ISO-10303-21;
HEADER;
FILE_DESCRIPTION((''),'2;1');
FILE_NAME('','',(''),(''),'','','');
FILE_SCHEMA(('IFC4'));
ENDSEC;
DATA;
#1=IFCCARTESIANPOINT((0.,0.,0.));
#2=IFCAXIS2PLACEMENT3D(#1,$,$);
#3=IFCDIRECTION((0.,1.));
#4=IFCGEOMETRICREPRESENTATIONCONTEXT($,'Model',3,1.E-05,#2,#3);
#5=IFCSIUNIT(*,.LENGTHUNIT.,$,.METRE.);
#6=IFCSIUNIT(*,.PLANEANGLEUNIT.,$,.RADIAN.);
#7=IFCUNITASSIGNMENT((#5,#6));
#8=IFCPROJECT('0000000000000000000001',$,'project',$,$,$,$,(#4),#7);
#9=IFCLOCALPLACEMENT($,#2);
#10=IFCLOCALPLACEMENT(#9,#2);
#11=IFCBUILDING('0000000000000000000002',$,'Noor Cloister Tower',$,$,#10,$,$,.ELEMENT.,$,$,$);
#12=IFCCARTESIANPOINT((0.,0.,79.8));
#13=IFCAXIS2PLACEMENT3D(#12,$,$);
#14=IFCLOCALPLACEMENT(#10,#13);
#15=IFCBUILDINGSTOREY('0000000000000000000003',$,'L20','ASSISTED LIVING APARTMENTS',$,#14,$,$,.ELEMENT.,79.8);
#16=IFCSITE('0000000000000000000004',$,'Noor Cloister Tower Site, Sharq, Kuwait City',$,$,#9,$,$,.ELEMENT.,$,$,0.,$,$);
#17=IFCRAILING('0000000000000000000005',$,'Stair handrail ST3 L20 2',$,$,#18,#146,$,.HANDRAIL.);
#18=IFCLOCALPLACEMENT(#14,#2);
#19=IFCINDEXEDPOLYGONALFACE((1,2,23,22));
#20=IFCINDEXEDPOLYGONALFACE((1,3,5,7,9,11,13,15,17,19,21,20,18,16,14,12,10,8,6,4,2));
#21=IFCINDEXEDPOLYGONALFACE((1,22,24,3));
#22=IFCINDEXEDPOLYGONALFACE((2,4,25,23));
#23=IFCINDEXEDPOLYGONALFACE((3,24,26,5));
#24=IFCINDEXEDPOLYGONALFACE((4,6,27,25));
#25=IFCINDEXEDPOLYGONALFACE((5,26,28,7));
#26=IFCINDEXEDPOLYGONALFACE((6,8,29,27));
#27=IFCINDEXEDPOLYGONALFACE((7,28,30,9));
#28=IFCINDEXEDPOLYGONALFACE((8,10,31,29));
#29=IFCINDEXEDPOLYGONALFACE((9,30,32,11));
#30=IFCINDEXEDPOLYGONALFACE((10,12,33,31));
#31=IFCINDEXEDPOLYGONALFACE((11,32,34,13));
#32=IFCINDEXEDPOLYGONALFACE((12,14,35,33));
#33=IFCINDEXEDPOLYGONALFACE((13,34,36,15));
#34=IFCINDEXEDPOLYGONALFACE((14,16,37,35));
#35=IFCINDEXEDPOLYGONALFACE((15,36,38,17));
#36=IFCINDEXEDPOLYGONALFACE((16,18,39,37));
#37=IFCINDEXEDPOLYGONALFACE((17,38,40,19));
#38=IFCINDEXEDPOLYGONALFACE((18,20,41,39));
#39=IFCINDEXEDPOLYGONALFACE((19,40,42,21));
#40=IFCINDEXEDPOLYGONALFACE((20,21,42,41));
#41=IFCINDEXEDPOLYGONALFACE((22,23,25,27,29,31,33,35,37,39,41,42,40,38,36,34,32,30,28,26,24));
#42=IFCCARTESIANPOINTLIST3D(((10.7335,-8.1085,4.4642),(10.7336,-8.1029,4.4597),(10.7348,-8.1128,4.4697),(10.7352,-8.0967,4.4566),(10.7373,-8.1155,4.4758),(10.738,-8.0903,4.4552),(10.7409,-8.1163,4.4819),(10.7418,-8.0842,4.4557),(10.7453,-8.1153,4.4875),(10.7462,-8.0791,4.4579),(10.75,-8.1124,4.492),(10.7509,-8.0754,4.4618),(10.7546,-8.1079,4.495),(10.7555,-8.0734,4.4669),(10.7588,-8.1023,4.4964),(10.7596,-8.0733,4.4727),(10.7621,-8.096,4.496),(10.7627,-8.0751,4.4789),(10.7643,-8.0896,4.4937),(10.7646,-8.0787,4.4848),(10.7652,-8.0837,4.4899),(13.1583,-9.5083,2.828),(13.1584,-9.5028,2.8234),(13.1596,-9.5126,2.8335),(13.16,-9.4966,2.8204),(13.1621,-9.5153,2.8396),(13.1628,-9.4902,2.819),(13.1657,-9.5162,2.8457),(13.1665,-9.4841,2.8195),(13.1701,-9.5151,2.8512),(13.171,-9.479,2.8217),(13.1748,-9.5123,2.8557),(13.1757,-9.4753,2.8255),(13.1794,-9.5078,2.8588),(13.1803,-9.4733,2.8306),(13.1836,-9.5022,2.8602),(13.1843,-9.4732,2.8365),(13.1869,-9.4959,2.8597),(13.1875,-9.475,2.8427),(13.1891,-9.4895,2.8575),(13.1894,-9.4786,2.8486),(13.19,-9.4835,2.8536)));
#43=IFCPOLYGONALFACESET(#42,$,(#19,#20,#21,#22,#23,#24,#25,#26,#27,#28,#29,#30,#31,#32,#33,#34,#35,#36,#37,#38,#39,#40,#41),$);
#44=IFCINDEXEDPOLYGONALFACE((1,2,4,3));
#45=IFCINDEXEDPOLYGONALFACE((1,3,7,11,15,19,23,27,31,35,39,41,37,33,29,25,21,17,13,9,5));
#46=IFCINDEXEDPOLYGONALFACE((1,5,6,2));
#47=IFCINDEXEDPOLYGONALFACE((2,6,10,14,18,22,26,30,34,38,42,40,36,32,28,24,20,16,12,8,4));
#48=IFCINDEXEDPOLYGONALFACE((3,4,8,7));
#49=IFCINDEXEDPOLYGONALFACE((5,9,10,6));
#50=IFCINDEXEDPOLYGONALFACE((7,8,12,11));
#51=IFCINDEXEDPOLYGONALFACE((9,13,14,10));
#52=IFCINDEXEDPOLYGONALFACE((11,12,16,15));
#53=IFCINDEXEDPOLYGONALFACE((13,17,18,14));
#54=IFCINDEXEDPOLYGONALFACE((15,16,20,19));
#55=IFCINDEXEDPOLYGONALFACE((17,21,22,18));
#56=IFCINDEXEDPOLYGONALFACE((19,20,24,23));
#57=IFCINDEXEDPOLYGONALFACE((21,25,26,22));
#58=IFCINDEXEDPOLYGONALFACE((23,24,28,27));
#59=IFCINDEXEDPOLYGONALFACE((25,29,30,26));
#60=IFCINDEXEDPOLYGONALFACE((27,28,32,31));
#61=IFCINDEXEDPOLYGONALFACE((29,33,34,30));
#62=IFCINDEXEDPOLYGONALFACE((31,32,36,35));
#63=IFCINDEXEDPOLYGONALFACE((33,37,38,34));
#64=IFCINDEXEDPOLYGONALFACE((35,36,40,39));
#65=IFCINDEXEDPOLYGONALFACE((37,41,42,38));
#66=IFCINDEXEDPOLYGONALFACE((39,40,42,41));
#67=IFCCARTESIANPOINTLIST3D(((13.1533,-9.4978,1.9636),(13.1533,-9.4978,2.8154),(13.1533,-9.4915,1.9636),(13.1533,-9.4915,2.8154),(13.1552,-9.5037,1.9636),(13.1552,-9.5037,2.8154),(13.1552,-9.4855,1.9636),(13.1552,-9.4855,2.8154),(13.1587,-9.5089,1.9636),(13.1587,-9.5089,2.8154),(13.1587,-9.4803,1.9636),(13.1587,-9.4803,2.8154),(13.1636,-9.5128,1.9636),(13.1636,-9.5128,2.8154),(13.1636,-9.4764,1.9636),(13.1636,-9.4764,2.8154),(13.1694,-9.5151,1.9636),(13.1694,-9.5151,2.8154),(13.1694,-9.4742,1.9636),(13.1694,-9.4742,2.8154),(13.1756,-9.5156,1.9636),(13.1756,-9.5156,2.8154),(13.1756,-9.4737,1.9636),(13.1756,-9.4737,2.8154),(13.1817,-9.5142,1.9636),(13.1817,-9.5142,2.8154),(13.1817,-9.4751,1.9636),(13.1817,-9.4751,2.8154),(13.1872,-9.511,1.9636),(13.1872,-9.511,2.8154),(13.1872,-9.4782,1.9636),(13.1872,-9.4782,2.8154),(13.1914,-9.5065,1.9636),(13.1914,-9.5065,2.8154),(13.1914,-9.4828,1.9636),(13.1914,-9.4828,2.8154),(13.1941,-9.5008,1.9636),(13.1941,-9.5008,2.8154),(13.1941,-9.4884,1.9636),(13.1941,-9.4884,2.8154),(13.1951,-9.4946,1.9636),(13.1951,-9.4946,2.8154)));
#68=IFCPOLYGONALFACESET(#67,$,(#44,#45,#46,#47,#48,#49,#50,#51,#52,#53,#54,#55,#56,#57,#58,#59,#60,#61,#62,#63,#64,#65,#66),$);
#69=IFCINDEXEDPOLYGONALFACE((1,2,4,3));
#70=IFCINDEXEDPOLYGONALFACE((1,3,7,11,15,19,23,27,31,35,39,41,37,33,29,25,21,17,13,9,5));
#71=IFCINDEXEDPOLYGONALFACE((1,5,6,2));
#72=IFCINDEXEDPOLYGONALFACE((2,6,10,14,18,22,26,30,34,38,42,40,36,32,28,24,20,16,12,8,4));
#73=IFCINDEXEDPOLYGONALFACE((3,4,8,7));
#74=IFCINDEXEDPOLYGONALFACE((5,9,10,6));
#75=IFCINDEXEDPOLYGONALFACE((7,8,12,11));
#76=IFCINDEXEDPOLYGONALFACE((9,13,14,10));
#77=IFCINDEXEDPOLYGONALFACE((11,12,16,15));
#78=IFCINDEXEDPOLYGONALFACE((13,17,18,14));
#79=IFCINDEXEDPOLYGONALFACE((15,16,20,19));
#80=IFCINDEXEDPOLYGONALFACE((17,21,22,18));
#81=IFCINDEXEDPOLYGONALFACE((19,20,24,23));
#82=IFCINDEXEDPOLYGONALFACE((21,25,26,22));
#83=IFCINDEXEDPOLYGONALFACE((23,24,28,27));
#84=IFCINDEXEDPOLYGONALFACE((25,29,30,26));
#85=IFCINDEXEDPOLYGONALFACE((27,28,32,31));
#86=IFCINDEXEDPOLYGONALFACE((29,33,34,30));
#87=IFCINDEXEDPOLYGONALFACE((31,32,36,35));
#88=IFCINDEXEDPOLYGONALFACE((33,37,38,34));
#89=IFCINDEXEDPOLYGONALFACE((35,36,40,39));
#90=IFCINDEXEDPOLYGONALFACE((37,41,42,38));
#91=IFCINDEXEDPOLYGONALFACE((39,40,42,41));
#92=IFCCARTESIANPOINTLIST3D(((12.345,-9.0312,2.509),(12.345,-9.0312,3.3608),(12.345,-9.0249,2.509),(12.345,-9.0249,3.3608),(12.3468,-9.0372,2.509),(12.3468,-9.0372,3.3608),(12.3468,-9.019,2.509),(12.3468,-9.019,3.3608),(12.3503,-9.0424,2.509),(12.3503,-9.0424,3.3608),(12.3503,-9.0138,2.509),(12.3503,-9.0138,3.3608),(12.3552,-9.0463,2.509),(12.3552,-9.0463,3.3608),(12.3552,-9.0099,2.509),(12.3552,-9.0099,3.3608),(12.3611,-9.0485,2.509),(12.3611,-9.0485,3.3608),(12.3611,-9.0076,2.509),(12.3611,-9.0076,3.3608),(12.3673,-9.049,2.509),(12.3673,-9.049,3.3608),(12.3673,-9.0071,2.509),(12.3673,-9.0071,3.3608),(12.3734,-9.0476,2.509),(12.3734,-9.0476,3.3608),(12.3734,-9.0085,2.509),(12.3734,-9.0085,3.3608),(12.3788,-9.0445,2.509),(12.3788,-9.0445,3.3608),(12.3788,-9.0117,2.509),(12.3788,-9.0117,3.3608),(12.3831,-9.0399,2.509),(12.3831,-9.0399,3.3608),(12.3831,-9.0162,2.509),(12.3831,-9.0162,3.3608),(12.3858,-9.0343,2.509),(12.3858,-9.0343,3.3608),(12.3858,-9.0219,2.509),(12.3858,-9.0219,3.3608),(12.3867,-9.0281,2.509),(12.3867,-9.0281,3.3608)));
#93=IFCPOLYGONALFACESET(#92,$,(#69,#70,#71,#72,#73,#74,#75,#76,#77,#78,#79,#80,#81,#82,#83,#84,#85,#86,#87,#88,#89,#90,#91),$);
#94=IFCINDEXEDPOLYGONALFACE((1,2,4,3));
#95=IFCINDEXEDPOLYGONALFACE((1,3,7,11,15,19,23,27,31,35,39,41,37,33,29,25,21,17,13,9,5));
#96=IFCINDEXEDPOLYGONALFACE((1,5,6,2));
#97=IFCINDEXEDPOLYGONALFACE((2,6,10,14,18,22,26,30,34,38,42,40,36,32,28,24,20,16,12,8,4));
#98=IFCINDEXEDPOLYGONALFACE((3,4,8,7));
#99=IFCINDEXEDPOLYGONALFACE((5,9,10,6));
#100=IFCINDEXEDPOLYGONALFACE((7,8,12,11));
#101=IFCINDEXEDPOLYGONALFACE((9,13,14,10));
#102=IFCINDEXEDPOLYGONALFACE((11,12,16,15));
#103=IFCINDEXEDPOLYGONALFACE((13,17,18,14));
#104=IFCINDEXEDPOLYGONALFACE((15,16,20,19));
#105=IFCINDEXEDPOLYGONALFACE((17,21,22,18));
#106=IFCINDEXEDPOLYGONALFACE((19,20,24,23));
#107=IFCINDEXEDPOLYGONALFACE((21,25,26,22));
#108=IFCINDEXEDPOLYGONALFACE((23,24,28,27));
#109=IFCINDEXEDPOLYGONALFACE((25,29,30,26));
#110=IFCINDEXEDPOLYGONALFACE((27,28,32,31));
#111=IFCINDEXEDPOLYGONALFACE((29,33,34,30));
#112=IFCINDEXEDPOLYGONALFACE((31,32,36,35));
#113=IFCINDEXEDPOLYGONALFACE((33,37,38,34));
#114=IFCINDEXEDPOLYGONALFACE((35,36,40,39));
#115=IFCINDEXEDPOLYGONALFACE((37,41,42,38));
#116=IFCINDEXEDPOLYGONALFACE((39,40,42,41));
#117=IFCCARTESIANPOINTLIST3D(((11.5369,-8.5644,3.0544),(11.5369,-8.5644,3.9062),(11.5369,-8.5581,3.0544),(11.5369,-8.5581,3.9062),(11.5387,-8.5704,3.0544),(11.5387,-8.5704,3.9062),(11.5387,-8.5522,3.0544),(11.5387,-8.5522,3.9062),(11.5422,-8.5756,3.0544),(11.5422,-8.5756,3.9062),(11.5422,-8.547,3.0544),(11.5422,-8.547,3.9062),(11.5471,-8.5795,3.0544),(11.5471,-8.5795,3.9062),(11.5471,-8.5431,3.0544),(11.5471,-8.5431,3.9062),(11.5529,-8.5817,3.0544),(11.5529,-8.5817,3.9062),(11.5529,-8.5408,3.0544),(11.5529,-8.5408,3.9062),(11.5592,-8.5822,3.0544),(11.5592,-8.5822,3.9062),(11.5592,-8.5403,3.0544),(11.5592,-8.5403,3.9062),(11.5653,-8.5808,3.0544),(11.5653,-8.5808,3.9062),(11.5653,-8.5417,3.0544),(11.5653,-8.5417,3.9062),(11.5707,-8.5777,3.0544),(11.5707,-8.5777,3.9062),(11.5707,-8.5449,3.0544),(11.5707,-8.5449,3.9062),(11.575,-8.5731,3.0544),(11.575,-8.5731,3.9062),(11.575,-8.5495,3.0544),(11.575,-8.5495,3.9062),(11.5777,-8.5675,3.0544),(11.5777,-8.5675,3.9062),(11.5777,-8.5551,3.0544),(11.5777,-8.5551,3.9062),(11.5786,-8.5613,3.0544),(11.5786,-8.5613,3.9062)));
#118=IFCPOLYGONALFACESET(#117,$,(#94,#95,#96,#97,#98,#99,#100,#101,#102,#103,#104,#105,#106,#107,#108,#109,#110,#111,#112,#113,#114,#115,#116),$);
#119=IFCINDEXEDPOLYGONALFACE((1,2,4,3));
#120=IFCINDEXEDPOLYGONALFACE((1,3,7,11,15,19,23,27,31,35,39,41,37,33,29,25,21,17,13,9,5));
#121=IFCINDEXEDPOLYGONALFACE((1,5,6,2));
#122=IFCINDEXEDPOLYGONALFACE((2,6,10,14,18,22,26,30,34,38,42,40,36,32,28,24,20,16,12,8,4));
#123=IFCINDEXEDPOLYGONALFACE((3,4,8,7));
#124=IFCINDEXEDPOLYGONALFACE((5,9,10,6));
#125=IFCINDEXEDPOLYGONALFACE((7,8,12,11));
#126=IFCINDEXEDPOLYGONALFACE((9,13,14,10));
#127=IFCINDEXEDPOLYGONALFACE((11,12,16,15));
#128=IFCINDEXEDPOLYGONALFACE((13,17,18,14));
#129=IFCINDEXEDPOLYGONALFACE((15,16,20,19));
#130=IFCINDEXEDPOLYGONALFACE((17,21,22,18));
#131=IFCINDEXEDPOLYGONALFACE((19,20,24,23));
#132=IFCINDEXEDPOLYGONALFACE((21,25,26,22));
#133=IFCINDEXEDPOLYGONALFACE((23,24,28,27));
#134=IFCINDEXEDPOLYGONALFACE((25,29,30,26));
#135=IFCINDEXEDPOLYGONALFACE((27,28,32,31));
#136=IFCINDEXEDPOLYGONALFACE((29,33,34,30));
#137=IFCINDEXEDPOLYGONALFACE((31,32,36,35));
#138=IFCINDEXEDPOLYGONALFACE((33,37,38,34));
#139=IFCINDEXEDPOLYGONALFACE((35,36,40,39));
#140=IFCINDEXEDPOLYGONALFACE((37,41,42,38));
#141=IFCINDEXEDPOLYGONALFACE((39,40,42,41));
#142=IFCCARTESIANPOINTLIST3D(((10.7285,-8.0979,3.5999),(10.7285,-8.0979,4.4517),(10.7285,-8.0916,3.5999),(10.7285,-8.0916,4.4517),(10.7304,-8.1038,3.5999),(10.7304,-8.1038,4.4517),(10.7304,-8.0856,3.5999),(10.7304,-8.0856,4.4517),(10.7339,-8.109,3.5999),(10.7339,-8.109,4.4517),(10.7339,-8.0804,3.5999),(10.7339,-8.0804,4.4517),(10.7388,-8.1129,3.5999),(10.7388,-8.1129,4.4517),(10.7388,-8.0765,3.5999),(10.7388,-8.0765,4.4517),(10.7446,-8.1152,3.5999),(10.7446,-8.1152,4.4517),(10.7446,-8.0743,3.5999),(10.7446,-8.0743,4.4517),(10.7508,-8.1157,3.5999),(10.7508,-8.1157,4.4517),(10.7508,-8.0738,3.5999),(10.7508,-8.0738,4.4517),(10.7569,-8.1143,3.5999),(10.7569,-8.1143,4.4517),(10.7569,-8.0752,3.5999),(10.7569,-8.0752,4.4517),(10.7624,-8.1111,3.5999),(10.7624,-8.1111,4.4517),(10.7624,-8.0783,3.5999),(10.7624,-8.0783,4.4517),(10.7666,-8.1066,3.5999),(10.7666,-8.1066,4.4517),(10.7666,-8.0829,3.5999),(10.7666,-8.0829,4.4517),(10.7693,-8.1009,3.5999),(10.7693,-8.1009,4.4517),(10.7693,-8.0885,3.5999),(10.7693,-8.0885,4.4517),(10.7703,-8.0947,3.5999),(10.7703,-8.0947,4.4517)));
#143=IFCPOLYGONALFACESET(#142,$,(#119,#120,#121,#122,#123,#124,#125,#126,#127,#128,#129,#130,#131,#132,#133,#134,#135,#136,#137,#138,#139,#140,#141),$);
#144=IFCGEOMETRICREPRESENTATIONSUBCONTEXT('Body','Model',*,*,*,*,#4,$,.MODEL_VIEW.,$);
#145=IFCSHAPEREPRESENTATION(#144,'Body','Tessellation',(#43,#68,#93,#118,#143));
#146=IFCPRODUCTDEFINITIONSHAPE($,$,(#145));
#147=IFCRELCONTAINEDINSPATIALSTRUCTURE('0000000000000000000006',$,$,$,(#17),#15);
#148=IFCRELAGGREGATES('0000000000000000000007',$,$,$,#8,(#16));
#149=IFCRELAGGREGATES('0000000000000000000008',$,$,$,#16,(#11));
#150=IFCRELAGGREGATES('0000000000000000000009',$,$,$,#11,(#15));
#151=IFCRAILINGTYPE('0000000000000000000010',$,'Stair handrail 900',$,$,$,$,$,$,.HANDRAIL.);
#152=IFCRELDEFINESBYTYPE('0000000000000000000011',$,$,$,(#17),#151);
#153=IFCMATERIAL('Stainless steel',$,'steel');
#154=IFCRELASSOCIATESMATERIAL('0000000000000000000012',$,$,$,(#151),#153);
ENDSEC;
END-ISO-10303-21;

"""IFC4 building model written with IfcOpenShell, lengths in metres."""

from ifc_helpers import new_model, si_unit, direction, frame, origin, origin_2d, place, context, subcontext, project, spatial, circle, extrude, material, type_object, element, save


model = new_model("IFC4")

# Units and contexts
model_context = context("Model", 3, precision=1e-05, world=origin(), true_north=direction((0.0, 1.0)))
body_context = subcontext(model_context, "Body", "Model", "MODEL_VIEW")
ifc_project = project(units=[si_unit("LENGTHUNIT", "METRE"), si_unit("PLANEANGLEUNIT", "RADIAN")], contexts=[model_context])

# Site, building, storey
site_placement = place(None, origin())
site = spatial("IfcSite", under=ifc_project, at=site_placement, Name="Noor Cloister Tower Site, Sharq, Kuwait City", CompositionType="ELEMENT", RefElevation=0.0)
building_placement = place(site_placement, origin())
building = spatial("IfcBuilding", under=site, at=building_placement, Name="Noor Cloister Tower", CompositionType="ELEMENT")
storey_placement = place(building_placement, frame((0.0, 0.0, 79.8)))
storey = spatial("IfcBuildingStorey", under=building, at=storey_placement, Name="L20", Description="ASSISTED LIVING APARTMENTS", CompositionType="ELEMENT", Elevation=79.8)

# Railing
ifc_material_1 = material(Name="Stainless steel", Category="steel")
railing_type = type_object("IfcRailingType", Name="Stair handrail 900", PredefinedType="HANDRAIL", material=ifc_material_1)
railing_placement = place(storey_placement, frame((13.1741, -9.4946, 1.9636)))
element("IfcRailing", 1, at=railing_placement, inside=storey, type_object=railing_type, Name="Stair handrail ST3 L20 2", PredefinedType="HANDRAIL", context=body_context, shape_type="SweptSolid", body=[
    extrude(circle(Radius=0.0239, at=origin_2d()), frame((0.0, 0.0, 0.876), z_axis=(-0.747718, 0.431677, 0.504552), x_axis=(-0.499984, -0.866035, 0.0)), (0.0, 0.0, 1.0), 3.2429),
    extrude(circle(Radius=0.021, at=origin_2d()), origin(), (0.0, 0.0, 1.0), 0.8518),
    extrude(circle(Radius=0.021, at=origin_2d()), frame((-0.8083, 0.4666, 0.5454)), (0.0, 0.0, 1.0), 0.8518),
    extrude(circle(Radius=0.021, at=origin_2d()), frame((-1.6165, 0.9333, 1.0908)), (0.0, 0.0, 1.0), 0.8518),
    extrude(circle(Radius=0.021, at=origin_2d()), frame((-2.4248, 1.3999, 1.6362)), (0.0, 0.0, 1.0), 0.8518),
])

save(model, "model.ifc")
